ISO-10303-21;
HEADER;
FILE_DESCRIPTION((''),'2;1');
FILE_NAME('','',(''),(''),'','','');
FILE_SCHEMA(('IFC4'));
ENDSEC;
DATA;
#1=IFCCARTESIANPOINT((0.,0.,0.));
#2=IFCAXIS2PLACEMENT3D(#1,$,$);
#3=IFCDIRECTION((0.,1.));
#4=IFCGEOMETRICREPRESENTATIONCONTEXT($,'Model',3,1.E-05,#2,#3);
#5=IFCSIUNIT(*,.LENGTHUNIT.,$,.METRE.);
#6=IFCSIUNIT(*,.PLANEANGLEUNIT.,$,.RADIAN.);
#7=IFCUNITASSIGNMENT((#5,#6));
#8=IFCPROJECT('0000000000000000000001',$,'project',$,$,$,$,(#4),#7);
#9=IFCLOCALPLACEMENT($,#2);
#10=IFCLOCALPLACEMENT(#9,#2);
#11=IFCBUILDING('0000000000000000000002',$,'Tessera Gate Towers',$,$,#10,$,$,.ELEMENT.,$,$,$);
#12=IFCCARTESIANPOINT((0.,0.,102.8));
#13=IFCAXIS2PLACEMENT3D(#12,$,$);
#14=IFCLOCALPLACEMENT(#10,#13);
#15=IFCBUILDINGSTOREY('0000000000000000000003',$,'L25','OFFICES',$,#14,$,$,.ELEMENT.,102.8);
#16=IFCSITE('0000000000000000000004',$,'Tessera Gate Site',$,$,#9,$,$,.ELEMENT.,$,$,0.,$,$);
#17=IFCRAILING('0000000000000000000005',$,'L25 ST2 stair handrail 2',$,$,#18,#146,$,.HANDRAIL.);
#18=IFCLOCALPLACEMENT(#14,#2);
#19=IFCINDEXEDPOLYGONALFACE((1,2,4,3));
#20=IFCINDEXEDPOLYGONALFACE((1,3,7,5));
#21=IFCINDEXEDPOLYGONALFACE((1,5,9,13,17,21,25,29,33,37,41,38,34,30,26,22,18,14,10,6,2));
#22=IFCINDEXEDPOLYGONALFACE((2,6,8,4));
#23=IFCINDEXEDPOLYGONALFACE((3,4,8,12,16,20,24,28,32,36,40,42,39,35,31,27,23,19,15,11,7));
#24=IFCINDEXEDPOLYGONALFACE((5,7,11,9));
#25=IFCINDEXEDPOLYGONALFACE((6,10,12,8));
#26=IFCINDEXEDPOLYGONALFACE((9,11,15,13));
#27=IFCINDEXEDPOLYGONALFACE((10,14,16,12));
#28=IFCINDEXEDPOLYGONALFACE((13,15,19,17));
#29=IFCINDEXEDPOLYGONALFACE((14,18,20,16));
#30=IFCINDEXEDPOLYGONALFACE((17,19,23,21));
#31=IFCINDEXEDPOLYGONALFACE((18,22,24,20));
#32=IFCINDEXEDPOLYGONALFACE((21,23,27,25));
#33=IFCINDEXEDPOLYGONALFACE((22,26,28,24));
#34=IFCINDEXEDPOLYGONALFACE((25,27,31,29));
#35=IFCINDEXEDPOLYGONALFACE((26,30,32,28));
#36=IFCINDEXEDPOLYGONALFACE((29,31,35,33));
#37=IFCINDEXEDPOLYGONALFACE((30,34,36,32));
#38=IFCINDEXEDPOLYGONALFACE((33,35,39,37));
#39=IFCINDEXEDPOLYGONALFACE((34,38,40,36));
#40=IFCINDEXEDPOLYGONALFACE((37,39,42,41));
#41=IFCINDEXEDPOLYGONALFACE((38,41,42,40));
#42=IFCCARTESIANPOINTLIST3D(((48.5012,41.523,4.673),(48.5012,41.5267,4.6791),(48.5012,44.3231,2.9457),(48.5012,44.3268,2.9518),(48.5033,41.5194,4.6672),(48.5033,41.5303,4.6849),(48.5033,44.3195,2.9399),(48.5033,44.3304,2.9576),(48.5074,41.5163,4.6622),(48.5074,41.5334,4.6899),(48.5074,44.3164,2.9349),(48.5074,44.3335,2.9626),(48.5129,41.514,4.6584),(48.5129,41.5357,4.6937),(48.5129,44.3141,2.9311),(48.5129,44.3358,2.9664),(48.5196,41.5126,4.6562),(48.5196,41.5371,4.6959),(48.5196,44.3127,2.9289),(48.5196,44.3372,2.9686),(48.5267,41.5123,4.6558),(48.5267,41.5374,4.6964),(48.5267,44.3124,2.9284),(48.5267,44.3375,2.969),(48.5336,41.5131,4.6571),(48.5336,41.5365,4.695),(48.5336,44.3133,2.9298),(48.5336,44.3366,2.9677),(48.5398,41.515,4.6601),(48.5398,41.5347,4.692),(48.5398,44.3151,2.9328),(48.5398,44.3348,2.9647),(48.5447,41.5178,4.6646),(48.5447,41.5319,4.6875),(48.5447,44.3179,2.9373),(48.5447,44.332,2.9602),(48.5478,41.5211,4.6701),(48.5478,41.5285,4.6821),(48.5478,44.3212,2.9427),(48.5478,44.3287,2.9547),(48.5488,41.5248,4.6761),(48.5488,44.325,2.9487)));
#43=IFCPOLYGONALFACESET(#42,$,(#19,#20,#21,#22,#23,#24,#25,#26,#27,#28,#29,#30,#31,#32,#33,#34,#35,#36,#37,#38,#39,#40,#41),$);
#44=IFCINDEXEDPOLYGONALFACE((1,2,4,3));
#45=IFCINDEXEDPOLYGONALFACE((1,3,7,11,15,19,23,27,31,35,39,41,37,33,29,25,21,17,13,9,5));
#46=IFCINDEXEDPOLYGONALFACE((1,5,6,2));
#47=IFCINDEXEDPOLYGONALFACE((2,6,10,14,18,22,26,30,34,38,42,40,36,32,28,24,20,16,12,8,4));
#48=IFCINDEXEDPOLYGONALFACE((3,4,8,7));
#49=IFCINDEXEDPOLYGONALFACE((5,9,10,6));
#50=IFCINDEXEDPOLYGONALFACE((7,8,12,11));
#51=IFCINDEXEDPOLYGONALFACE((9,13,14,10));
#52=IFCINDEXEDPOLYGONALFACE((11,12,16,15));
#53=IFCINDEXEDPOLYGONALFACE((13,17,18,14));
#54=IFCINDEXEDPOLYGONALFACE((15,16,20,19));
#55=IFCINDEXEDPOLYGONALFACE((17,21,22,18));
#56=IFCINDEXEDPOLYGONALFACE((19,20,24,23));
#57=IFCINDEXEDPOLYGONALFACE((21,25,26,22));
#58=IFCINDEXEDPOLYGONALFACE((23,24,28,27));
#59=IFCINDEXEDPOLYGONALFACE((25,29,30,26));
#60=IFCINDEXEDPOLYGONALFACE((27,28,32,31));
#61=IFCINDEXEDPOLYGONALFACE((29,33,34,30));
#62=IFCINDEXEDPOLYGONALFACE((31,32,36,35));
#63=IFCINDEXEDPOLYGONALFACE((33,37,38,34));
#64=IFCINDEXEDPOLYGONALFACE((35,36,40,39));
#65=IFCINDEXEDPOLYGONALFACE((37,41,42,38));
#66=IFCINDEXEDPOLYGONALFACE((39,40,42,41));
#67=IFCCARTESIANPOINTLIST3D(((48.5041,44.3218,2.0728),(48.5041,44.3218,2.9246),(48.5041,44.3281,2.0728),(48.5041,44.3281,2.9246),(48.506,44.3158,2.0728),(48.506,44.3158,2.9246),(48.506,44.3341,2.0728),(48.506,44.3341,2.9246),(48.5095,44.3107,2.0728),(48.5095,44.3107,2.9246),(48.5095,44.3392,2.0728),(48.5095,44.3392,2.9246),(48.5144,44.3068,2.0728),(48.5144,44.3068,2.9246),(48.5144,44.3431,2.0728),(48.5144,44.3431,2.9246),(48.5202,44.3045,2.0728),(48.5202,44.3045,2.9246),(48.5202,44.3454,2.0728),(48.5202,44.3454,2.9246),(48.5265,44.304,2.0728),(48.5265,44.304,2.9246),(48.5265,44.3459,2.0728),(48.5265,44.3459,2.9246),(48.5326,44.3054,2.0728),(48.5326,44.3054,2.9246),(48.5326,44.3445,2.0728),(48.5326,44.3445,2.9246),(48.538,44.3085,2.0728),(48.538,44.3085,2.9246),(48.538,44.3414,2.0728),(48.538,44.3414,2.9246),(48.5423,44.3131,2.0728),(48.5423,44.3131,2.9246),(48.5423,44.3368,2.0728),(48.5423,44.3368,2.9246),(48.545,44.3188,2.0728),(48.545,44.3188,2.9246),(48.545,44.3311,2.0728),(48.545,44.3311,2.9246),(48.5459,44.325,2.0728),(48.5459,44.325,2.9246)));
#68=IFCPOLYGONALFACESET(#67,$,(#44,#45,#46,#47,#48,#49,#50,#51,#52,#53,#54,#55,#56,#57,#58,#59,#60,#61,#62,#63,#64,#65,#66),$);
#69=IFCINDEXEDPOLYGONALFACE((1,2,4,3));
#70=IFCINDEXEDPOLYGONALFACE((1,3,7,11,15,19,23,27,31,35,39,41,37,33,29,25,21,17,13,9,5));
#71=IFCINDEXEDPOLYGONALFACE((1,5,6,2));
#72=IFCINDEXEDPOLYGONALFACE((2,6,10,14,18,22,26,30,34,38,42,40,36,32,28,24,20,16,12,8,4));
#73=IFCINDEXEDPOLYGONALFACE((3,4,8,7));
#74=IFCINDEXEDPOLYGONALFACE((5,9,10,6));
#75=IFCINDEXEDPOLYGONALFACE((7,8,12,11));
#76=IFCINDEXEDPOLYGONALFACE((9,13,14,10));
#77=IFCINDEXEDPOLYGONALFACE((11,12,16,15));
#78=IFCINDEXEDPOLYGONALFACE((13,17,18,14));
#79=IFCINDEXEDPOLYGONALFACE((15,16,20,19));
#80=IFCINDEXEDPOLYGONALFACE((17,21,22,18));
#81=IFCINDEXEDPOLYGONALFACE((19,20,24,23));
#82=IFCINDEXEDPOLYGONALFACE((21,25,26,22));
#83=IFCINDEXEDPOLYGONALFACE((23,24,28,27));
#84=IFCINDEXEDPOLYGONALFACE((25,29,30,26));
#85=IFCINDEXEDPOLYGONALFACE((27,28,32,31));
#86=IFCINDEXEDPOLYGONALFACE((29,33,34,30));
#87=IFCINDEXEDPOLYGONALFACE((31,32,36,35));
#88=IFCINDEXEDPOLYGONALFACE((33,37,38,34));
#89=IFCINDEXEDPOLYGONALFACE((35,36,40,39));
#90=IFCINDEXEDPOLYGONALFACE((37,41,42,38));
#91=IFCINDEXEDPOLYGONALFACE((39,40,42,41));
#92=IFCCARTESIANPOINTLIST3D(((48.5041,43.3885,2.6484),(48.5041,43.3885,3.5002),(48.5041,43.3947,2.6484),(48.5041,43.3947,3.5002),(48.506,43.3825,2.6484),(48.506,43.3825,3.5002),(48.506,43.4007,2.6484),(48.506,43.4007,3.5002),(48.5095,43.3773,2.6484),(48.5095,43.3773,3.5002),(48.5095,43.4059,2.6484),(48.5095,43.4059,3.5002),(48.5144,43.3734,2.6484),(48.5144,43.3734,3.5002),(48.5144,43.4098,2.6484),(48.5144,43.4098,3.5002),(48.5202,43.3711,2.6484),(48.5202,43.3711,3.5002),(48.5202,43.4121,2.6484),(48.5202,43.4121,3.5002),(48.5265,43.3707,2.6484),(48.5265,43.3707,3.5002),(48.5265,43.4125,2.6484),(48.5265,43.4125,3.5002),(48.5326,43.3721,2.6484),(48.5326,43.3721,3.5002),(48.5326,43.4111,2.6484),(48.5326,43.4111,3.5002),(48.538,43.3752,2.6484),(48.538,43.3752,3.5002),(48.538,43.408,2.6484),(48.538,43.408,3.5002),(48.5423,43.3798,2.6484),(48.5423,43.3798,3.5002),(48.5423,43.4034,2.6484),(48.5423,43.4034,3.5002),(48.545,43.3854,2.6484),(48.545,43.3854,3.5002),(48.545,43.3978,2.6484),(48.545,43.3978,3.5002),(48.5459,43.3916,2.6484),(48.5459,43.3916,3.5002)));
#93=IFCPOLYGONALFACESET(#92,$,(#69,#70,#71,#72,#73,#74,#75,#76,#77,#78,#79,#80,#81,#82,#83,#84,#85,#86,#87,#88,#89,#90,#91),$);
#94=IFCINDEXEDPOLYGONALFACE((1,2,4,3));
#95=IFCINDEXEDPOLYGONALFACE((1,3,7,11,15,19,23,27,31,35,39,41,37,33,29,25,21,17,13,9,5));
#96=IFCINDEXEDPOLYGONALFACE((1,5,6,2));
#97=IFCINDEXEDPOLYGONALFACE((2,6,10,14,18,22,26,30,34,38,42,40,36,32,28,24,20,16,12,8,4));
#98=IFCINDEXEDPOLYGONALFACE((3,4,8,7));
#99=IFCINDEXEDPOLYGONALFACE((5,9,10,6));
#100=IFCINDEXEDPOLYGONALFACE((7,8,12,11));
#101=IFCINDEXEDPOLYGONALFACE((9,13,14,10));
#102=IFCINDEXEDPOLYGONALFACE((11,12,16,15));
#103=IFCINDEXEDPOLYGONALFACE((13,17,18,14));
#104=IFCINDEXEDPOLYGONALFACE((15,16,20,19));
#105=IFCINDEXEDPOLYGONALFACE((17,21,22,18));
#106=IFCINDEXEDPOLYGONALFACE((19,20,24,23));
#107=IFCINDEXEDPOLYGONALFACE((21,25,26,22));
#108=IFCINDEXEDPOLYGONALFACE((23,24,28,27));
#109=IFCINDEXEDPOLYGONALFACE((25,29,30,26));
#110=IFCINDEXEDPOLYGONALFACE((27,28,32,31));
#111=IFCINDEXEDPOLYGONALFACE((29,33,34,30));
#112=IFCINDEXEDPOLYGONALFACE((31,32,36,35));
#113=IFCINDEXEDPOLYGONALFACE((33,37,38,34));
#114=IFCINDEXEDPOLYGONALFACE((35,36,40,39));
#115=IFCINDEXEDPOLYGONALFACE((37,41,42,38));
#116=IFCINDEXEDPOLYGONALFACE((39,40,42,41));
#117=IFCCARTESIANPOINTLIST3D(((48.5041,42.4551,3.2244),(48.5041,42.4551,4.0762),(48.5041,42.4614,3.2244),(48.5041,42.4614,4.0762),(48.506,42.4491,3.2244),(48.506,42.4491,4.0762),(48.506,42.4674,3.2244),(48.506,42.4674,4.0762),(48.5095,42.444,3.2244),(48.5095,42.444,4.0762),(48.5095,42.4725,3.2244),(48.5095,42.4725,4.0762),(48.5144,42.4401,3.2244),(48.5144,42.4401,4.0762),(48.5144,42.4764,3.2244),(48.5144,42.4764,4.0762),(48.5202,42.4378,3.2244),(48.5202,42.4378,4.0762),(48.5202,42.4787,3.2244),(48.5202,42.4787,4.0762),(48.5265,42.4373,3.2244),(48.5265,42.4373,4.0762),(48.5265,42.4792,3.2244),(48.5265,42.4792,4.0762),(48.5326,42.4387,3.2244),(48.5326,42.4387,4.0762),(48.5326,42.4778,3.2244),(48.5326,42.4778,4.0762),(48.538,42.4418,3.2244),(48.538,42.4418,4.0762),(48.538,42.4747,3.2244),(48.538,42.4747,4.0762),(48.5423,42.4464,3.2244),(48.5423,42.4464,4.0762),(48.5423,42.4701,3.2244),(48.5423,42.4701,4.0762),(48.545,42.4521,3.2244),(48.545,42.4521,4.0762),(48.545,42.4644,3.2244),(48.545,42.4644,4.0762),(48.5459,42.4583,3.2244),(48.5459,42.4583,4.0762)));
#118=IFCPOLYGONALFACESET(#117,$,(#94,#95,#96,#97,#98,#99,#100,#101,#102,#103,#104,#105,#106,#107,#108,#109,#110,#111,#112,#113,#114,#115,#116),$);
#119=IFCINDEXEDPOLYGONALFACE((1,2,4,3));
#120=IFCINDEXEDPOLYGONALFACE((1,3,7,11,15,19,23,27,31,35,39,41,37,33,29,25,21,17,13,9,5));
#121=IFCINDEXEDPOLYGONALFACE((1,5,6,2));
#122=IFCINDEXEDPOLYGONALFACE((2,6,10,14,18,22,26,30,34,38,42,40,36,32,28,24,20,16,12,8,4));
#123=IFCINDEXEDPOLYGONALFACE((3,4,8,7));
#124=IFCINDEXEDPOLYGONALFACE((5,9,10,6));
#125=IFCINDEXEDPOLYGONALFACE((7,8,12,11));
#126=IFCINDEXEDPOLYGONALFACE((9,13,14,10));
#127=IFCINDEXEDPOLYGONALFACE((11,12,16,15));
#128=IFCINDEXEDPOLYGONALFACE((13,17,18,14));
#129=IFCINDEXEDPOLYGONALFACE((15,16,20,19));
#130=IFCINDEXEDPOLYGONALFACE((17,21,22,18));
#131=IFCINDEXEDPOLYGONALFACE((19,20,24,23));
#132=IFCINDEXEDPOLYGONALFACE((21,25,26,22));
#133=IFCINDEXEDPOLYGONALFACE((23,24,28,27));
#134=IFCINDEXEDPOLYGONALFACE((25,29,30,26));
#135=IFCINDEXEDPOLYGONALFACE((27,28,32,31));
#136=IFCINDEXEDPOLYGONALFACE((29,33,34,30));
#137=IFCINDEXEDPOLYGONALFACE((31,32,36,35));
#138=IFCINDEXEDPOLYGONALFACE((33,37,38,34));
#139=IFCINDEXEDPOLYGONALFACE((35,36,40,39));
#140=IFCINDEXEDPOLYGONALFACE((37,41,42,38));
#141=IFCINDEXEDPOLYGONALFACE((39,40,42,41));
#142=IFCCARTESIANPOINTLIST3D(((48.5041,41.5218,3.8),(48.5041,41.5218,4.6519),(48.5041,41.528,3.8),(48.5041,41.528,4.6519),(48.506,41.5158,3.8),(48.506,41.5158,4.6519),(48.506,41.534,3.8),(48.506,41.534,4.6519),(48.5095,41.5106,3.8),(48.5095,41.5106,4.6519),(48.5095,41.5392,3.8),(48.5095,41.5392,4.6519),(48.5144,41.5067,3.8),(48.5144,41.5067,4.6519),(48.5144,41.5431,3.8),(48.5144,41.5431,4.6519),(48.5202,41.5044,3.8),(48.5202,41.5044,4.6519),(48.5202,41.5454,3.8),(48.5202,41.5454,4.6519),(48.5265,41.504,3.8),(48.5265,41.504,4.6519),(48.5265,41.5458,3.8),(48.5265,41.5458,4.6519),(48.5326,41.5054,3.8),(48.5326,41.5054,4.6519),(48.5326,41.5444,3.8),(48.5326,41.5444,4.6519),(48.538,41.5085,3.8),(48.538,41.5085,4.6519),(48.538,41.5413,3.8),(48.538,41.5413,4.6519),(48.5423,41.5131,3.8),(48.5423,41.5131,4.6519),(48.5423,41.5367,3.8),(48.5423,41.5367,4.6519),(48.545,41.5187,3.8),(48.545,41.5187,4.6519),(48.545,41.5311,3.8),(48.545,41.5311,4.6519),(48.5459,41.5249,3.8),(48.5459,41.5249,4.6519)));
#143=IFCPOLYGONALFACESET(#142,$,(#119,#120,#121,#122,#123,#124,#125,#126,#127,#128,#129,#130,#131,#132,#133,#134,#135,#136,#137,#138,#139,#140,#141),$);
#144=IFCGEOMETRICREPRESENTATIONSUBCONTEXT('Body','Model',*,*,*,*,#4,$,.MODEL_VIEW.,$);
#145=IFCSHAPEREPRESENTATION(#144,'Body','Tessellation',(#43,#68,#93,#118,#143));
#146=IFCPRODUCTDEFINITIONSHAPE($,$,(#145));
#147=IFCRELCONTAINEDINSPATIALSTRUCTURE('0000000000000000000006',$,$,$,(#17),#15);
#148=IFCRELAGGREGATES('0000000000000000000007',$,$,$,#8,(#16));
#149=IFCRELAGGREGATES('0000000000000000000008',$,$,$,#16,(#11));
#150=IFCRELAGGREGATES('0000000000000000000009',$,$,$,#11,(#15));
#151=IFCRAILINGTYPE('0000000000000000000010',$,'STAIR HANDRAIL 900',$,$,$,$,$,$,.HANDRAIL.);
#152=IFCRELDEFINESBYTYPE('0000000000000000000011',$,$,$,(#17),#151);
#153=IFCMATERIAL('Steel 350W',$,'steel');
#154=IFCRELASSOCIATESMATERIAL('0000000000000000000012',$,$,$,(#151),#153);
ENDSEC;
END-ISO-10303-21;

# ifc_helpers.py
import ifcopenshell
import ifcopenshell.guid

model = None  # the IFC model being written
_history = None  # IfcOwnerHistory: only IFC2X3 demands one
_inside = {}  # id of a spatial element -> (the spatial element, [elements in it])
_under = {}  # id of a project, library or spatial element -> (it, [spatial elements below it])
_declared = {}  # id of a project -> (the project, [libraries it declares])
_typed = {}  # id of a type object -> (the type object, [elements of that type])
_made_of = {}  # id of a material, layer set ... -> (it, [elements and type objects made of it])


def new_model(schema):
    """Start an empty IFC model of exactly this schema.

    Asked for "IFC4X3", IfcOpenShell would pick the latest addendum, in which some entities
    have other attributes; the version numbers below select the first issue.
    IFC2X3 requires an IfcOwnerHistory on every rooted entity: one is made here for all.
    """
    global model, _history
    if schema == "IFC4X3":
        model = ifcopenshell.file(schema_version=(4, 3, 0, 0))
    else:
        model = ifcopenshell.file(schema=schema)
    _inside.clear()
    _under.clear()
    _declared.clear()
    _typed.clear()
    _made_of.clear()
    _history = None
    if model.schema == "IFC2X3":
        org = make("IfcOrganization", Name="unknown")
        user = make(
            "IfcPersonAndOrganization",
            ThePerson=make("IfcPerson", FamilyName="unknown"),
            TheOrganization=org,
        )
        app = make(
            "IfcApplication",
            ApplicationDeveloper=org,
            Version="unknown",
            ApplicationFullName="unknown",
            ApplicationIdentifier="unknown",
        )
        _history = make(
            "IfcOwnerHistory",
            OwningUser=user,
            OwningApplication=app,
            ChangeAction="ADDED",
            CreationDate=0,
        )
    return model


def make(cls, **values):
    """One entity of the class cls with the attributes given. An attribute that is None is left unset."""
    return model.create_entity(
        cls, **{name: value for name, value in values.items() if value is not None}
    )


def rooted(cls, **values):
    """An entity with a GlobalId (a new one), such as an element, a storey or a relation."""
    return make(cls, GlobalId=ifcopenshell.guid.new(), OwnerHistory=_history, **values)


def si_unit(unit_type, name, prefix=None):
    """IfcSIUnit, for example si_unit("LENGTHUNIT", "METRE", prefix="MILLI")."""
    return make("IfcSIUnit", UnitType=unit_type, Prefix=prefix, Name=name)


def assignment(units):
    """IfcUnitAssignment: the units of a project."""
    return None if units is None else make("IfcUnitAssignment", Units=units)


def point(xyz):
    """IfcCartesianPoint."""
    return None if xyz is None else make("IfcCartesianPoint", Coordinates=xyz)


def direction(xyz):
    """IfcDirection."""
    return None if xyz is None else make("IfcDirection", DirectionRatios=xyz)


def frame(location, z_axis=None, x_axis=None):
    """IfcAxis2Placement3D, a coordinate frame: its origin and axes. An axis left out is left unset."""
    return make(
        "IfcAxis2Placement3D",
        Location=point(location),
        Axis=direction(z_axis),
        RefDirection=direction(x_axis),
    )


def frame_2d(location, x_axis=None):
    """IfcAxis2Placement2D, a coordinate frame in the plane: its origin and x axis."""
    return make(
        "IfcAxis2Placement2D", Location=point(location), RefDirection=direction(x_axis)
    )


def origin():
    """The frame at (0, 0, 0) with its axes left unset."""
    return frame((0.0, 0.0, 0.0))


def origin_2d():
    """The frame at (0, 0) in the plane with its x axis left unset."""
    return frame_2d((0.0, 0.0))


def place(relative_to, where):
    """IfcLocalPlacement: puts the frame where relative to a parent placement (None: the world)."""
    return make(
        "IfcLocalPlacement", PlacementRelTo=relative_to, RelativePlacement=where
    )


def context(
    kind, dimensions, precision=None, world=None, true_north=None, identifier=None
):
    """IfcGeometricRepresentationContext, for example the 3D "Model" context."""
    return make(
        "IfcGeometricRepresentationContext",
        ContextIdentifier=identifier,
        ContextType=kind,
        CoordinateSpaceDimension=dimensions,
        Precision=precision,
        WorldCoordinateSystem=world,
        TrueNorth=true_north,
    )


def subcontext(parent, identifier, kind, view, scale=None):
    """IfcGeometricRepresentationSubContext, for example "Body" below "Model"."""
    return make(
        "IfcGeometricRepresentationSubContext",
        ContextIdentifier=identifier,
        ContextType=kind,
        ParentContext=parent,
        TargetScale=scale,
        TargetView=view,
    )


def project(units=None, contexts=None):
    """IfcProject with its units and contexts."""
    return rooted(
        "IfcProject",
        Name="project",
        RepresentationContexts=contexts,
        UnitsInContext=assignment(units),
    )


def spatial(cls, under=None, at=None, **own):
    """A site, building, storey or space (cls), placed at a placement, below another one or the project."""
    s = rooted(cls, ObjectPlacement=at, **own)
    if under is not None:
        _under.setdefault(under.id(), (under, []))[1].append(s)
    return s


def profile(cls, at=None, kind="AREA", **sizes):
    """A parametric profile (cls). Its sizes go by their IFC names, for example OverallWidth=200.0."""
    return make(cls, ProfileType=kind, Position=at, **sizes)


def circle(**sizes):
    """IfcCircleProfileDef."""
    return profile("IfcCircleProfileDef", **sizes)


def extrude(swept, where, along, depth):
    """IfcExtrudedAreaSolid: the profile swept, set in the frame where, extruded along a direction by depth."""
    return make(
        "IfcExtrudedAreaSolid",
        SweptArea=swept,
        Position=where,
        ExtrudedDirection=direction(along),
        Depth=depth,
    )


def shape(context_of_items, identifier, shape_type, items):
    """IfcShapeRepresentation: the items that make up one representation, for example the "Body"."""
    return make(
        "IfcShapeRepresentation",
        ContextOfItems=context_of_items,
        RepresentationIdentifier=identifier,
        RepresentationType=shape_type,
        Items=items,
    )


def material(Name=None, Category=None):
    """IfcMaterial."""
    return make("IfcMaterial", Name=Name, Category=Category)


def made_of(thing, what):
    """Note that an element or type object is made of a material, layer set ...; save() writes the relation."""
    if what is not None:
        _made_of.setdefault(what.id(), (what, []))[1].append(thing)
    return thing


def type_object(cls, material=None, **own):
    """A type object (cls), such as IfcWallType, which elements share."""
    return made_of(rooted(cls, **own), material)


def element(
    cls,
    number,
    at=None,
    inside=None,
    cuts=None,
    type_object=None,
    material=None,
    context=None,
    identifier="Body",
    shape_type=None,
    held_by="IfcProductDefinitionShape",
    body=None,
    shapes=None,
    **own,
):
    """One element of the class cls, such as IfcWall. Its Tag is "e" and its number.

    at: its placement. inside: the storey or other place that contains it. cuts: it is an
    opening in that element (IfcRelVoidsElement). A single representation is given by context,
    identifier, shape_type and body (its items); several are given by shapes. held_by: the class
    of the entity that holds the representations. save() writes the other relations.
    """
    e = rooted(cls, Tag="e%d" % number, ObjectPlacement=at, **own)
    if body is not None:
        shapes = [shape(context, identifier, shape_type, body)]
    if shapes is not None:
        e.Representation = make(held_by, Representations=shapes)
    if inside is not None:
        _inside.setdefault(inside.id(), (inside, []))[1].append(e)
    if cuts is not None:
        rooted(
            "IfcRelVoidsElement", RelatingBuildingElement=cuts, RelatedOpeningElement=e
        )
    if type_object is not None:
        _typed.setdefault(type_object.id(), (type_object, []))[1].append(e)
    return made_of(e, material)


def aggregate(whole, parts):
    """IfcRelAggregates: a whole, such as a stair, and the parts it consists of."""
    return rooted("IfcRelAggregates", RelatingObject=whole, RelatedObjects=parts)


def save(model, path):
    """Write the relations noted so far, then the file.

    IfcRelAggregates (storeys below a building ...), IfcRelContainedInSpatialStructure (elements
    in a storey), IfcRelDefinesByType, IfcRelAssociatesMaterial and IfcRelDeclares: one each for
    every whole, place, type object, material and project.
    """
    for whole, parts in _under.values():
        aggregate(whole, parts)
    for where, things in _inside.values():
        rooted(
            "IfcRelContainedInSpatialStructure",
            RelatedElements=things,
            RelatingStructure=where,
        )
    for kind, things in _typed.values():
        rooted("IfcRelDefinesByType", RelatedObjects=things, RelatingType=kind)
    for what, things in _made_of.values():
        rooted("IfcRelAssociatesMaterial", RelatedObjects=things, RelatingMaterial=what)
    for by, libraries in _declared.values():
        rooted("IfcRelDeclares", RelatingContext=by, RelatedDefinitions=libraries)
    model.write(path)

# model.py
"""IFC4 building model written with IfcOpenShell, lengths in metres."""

from ifc_helpers import new_model, si_unit, direction, frame, origin, origin_2d, place, context, subcontext, project, spatial, circle, extrude, material, type_object, element, save


model = new_model("IFC4")

# Units and contexts
model_context = context("Model", 3, precision=1e-05, world=origin(), true_north=direction((0.0, 1.0)))
body_context = subcontext(model_context, "Body", "Model", "MODEL_VIEW")
ifc_project = project(units=[si_unit("LENGTHUNIT", "METRE"), si_unit("PLANEANGLEUNIT", "RADIAN")], contexts=[model_context])

# Site, building, storey
site_placement = place(None, origin())
site = spatial("IfcSite", under=ifc_project, at=site_placement, Name="Tessera Gate Site", CompositionType="ELEMENT", RefElevation=0.0)
building_placement = place(site_placement, origin())
building = spatial("IfcBuilding", under=site, at=building_placement, Name="Tessera Gate Towers", CompositionType="ELEMENT")
storey_placement = place(building_placement, frame((0.0, 0.0, 102.8)))
storey = spatial("IfcBuildingStorey", under=building, at=storey_placement, Name="L25", Description="OFFICES", CompositionType="ELEMENT", Elevation=102.8)

# Railing
ifc_material_1 = material(Name="Steel 350W", Category="steel")
railing_type = type_object("IfcRailingType", Name="STAIR HANDRAIL 900", PredefinedType="HANDRAIL", material=ifc_material_1)
railing_placement = place(storey_placement, frame((48.5249, 44.325, 2.0728)))
element("IfcRailing", 1, at=railing_placement, inside=storey, type_object=railing_type, Name="L25 ST2 stair handrail 2", PredefinedType="HANDRAIL", context=body_context, shape_type="SweptSolid", body=[
    extrude(circle(Radius=0.0239, at=origin_2d()), frame((0.0, 0.0, 0.876), z_axis=(0.0, -0.85109, 0.52502), x_axis=(1.0, 0.0, 0.0)), (0.0, 0.0, 1.0), 3.29),
    extrude(circle(Radius=0.021, at=origin_2d()), origin(), (0.0, 0.0, 1.0), 0.8518),
    extrude(circle(Radius=0.021, at=origin_2d()), frame((0.0, -0.9333, 0.5757)), (0.0, 0.0, 1.0), 0.8518),
    extrude(circle(Radius=0.021, at=origin_2d()), frame((0.0, -1.8667, 1.1516)), (0.0, 0.0, 1.0), 0.8518),
    extrude(circle(Radius=0.021, at=origin_2d()), frame((0.0, -2.8, 1.7273)), (0.0, 0.0, 1.0), 0.8518),
])

save(model, "model.ifc")
